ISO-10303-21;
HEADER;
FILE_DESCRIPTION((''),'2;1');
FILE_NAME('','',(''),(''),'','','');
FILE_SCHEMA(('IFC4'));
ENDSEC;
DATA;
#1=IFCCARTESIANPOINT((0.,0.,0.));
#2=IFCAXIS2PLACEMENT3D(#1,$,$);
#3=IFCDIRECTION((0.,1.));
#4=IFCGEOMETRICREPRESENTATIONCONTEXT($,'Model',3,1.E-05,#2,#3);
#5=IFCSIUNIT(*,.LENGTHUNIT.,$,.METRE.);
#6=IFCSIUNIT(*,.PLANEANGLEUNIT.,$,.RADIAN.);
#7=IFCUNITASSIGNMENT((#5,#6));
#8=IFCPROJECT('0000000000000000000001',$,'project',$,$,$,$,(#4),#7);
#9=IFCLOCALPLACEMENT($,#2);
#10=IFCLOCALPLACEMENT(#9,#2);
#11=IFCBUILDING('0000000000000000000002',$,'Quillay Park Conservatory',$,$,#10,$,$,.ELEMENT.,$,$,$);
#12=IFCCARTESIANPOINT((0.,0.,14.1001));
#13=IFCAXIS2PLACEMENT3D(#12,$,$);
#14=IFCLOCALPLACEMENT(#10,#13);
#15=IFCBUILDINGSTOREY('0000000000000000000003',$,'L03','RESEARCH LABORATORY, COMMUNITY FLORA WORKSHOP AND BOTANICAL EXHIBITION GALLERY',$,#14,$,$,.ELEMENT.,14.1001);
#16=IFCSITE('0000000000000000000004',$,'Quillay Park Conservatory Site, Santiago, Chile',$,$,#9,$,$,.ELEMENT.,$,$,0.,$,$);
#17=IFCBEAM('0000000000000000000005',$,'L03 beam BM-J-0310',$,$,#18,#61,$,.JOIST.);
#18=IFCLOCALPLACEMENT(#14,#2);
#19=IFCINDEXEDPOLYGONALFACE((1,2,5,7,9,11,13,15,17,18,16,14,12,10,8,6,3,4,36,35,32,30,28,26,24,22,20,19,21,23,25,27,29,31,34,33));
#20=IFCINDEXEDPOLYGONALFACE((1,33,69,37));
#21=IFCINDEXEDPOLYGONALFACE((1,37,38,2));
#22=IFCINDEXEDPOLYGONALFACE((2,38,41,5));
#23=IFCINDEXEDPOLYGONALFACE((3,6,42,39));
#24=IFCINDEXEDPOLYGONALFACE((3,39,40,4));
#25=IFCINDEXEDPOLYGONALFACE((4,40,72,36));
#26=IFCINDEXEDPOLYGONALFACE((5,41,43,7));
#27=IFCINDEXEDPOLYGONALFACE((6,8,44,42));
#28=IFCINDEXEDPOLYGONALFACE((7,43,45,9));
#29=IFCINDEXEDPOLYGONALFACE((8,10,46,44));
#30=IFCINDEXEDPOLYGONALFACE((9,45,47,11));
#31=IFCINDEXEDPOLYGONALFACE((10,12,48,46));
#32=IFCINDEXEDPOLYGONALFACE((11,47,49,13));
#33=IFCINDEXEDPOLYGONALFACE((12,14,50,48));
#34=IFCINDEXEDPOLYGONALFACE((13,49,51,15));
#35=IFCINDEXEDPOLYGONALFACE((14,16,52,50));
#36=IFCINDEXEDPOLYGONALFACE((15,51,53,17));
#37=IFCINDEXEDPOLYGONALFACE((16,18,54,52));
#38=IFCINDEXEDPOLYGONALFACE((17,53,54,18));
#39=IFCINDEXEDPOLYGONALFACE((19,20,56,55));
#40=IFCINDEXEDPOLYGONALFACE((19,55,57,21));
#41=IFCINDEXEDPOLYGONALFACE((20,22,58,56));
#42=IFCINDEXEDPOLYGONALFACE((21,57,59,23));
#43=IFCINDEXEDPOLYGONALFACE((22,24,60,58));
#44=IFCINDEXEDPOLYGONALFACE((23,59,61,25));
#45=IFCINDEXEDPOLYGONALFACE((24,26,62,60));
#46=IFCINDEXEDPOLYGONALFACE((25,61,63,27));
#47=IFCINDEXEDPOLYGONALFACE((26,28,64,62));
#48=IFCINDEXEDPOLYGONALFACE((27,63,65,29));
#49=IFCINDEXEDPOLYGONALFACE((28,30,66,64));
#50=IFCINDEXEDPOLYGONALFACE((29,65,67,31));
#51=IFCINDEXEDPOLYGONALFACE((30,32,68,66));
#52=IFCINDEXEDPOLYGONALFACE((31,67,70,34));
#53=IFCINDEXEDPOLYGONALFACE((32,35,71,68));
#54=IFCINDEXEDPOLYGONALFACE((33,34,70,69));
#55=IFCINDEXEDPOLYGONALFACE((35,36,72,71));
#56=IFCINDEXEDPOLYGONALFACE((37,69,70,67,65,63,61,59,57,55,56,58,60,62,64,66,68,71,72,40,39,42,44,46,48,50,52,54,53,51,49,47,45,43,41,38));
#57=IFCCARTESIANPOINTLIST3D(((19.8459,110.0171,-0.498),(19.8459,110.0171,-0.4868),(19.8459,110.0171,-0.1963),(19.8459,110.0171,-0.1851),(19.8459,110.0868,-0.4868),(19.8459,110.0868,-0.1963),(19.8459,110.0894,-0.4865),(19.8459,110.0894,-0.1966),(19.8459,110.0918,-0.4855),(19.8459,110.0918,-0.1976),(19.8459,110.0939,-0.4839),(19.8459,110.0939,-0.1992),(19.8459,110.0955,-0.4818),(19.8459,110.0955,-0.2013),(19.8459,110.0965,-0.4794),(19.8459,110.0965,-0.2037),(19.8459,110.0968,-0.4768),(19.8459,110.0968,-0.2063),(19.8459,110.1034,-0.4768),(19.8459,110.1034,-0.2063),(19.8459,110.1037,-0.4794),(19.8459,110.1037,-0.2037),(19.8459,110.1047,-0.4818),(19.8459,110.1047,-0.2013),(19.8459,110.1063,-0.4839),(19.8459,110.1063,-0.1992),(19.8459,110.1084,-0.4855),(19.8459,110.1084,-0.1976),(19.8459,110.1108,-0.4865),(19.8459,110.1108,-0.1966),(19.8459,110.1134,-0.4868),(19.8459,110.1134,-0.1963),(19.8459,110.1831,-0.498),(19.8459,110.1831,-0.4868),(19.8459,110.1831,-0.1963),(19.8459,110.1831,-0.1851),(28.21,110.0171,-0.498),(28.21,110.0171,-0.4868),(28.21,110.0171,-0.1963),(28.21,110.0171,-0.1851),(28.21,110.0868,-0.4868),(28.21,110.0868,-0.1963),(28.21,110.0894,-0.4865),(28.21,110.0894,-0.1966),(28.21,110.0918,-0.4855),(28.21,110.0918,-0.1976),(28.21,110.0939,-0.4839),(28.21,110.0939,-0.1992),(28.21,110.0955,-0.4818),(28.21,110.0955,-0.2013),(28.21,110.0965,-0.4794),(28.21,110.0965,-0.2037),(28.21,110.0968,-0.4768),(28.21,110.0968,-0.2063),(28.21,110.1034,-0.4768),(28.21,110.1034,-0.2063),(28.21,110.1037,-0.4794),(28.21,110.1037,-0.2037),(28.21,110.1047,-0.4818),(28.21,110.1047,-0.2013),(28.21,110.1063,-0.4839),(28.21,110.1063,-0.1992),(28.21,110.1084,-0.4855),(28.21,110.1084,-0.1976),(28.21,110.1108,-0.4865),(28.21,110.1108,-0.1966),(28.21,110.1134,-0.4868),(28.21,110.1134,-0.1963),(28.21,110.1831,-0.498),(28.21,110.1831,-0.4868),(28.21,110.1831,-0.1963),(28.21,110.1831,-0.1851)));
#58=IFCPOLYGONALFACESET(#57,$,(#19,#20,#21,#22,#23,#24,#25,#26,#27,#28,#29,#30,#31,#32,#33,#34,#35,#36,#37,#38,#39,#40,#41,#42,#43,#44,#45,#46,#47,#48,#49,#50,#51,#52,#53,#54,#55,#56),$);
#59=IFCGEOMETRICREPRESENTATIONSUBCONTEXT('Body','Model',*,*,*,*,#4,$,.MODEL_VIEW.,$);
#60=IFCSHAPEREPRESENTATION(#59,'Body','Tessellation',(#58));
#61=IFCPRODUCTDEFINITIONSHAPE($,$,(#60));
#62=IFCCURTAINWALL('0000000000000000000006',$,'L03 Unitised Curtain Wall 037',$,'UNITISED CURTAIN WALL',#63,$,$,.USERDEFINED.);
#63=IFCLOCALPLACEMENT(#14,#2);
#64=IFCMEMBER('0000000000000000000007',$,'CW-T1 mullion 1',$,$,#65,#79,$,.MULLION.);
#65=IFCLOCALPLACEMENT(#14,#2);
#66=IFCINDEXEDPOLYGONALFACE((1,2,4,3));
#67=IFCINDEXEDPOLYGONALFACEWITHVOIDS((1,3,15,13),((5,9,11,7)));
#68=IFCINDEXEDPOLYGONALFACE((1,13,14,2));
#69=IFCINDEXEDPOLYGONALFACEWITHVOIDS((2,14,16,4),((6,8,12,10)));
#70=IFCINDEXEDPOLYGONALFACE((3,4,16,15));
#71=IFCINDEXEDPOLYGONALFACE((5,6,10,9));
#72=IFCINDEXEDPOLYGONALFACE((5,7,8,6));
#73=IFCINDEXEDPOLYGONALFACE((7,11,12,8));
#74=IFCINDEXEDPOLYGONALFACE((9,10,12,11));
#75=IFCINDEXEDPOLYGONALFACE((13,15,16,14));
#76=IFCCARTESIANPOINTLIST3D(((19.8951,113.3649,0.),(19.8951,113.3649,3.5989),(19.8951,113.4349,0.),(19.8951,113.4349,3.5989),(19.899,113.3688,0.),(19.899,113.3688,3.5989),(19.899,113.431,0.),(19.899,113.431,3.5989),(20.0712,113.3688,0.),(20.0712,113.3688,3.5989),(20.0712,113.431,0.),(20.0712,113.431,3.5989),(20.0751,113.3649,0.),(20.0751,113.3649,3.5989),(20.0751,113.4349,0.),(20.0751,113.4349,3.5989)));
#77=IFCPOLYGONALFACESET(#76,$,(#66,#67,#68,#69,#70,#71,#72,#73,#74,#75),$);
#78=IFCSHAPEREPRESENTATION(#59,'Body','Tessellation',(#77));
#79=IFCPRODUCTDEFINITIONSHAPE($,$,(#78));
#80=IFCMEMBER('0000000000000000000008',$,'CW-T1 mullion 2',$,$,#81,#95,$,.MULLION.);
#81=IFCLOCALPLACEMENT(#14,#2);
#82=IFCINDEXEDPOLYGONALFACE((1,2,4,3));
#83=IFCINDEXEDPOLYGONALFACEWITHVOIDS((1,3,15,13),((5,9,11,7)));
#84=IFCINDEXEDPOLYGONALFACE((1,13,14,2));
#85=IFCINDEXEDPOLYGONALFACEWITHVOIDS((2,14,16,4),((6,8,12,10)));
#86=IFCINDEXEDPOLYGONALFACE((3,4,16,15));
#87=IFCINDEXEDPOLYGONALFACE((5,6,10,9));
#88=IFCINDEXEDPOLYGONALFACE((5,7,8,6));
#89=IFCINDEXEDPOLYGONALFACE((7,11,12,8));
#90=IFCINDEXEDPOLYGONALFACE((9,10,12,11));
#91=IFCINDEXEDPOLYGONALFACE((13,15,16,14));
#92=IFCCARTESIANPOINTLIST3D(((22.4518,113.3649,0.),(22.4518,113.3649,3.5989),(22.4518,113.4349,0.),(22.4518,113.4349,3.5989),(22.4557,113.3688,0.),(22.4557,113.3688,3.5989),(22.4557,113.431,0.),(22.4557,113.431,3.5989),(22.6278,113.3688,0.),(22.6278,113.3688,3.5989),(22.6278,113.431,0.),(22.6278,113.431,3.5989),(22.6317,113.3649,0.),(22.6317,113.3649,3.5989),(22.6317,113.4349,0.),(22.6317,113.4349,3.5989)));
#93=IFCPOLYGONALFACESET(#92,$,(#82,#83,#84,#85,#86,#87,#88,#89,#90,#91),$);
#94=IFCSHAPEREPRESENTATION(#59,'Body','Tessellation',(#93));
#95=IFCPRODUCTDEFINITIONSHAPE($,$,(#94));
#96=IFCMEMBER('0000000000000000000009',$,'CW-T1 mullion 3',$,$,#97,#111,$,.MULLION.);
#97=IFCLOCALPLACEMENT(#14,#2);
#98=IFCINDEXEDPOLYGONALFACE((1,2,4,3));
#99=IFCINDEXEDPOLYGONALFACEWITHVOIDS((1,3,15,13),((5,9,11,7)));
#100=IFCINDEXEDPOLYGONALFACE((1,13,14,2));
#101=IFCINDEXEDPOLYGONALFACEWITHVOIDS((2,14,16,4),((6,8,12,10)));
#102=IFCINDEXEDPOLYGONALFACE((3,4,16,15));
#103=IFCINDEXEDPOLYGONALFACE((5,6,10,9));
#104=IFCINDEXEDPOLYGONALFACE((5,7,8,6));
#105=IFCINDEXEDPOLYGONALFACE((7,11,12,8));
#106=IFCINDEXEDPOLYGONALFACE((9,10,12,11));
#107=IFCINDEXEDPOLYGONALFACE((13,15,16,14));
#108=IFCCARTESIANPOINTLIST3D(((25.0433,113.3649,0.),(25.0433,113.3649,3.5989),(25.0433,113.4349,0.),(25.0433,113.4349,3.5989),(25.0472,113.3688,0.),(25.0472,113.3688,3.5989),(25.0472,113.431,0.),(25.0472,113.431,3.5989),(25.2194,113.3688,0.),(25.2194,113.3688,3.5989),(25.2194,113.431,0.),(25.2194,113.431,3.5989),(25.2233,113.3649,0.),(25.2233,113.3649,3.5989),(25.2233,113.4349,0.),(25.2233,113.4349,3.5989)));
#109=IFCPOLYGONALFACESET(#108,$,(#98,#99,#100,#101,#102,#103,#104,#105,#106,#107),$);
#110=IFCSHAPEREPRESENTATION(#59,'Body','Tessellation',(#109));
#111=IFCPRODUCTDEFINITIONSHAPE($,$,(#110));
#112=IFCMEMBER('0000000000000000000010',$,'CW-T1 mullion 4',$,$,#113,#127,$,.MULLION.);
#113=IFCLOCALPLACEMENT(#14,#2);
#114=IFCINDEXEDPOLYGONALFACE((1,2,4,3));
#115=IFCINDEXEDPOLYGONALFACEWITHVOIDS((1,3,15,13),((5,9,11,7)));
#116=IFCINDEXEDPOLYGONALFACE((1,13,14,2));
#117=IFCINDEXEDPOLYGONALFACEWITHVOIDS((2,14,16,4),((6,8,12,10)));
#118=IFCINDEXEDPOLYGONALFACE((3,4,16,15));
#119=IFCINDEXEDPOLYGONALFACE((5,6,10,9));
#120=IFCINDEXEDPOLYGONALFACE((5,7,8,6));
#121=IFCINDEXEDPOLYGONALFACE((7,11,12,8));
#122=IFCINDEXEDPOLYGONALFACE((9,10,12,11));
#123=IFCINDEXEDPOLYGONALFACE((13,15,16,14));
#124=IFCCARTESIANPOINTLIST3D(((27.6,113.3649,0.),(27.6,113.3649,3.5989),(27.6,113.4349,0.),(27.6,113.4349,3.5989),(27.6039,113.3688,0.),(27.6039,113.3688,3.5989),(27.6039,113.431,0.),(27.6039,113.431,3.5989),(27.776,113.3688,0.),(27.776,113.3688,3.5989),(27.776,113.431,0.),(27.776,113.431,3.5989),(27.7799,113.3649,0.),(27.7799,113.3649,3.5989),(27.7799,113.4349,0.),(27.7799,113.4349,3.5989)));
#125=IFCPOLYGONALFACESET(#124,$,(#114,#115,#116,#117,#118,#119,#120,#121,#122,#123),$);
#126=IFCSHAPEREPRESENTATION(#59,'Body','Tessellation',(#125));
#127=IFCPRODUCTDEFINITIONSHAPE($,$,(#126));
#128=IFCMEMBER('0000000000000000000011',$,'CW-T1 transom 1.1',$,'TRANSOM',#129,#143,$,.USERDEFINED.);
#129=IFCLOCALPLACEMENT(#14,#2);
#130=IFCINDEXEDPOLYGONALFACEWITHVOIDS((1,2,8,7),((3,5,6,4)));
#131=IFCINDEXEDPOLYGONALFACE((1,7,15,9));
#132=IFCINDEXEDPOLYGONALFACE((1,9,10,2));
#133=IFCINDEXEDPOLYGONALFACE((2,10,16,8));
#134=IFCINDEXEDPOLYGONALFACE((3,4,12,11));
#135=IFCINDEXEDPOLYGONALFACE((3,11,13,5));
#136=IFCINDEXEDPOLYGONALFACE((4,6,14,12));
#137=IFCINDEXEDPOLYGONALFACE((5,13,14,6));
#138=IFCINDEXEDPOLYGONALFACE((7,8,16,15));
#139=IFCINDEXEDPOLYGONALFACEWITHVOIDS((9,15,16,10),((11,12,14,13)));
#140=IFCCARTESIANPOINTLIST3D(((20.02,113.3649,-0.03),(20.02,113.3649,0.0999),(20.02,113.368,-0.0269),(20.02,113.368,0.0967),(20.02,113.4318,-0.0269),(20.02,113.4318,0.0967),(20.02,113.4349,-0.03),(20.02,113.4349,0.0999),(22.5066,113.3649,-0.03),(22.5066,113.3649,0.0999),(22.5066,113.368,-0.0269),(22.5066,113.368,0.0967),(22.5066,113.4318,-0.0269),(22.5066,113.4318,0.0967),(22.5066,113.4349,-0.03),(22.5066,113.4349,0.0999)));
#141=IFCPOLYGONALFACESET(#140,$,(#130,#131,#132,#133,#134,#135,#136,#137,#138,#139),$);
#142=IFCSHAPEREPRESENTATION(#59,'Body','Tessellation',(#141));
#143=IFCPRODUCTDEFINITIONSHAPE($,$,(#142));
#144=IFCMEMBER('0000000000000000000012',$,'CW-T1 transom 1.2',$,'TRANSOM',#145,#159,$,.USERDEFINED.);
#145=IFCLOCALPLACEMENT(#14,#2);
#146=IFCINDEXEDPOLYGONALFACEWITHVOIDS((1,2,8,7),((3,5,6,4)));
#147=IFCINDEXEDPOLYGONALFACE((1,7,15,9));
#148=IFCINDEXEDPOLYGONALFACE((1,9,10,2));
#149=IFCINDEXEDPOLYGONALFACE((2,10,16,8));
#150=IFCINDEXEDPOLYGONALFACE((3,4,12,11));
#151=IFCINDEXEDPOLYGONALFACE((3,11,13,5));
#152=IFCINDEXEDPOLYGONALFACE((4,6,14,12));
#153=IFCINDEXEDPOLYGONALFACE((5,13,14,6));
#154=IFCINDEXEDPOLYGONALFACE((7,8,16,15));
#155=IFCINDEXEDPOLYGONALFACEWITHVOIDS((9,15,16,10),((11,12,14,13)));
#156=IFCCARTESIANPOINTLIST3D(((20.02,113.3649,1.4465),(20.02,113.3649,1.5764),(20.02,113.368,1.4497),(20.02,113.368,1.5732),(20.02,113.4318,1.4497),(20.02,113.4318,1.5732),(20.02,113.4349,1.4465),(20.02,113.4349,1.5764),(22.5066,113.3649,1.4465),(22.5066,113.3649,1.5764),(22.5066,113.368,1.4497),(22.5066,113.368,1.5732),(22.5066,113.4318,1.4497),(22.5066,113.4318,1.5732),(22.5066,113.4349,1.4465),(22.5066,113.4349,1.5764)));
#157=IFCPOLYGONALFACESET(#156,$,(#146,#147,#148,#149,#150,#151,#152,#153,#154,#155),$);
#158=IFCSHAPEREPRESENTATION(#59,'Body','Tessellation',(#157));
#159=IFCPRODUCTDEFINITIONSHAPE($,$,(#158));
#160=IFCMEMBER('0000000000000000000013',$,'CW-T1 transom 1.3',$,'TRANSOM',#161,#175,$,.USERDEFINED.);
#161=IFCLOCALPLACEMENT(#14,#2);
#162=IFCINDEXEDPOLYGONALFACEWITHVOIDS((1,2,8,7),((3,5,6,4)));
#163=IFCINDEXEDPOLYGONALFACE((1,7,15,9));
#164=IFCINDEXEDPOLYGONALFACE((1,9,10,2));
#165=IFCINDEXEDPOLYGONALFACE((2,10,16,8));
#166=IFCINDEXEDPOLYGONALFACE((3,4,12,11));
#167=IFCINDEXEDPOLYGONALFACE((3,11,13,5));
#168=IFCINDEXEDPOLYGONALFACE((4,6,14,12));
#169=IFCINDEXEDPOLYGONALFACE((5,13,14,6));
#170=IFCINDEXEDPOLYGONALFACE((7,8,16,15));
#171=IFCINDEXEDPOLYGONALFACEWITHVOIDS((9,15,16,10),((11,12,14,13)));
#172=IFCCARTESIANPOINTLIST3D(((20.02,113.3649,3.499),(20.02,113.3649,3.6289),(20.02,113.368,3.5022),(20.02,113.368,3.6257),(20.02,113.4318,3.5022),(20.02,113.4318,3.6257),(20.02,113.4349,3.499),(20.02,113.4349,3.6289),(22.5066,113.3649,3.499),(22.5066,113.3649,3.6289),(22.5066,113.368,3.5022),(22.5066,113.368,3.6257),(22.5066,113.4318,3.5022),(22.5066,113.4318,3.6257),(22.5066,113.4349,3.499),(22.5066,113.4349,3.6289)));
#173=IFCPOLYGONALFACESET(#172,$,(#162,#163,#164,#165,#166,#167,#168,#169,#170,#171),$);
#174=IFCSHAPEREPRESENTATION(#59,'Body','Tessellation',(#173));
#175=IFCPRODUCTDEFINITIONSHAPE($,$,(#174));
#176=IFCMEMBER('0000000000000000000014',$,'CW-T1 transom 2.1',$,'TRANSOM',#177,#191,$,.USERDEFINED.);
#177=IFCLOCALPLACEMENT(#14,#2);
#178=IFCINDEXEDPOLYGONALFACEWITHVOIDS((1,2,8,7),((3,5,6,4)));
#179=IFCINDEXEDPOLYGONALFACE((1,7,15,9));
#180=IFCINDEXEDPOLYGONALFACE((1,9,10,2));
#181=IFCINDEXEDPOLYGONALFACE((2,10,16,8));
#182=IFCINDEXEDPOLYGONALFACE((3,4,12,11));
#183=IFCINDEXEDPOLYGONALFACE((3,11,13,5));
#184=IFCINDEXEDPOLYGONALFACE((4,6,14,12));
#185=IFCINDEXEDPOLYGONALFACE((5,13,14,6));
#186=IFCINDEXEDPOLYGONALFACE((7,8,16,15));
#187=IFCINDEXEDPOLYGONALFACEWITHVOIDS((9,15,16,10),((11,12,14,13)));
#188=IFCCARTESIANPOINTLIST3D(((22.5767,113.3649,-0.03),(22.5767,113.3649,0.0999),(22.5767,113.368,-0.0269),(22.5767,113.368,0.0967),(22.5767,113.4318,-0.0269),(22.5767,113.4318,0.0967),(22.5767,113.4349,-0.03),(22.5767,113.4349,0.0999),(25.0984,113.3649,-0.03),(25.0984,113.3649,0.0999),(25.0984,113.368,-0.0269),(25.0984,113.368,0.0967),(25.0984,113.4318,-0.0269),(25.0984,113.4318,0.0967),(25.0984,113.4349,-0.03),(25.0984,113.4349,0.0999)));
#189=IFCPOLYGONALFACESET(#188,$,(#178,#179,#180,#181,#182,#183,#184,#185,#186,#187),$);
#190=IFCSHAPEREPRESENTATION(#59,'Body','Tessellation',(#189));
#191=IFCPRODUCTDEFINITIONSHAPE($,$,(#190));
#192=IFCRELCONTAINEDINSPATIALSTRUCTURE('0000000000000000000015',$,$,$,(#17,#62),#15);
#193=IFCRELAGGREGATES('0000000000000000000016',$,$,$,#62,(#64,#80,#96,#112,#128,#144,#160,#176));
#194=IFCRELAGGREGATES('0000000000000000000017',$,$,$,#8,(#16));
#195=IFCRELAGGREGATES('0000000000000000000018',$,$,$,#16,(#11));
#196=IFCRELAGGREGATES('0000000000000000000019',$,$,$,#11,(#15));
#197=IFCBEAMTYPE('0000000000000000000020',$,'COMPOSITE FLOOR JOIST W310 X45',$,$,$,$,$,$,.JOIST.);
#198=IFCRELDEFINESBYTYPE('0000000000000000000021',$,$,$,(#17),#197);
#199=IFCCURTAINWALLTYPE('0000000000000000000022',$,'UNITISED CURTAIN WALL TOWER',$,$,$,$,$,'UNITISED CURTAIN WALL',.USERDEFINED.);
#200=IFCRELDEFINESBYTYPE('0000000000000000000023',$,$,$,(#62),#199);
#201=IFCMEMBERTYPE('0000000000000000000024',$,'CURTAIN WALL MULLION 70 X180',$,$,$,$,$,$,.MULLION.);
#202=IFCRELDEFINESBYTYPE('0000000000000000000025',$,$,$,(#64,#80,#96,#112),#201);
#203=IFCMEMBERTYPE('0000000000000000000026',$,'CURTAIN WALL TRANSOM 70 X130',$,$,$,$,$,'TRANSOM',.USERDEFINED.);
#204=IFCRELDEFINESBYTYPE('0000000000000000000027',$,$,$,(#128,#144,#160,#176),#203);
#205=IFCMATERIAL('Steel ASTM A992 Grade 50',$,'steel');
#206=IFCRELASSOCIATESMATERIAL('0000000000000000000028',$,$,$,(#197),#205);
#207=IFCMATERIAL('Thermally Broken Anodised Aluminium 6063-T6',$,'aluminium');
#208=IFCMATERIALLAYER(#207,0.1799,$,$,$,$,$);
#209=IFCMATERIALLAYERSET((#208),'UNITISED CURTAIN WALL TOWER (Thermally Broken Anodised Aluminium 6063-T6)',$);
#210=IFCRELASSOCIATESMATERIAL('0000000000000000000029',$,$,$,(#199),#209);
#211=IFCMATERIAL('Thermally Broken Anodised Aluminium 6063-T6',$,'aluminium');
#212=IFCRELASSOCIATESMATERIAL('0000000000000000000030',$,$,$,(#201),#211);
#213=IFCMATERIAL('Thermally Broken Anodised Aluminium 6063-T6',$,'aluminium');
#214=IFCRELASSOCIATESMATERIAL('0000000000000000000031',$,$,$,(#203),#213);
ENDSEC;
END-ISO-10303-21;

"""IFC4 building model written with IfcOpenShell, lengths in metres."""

from ifc_helpers import new_model, si_unit, direction, frame, origin, origin_2d, place, context, subcontext, project, spatial, hollow_rectangle, i_section, extrude, material, layer, layer_set, material_profile, profile_set, type_object, element, aggregate, save


model = new_model("IFC4")

# Units and contexts
model_context = context("Model", 3, precision=1e-05, world=origin(), true_north=direction((0.0, 1.0)))
body_context = subcontext(model_context, "Body", "Model", "MODEL_VIEW")
ifc_project = project(units=[si_unit("LENGTHUNIT", "METRE"), si_unit("PLANEANGLEUNIT", "RADIAN")], contexts=[model_context])

# Site, building, storey
site_placement = place(None, origin())
site = spatial("IfcSite", under=ifc_project, at=site_placement, Name="Quillay Park Conservatory Site, Santiago, Chile", CompositionType="ELEMENT", RefElevation=0.0)
building_placement = place(site_placement, origin())
building = spatial("IfcBuilding", under=site, at=building_placement, Name="Quillay Park Conservatory", CompositionType="ELEMENT")
storey_placement = place(building_placement, frame((0.0, 0.0, 14.1001)))
storey = spatial("IfcBuildingStorey", under=building, at=storey_placement, Name="L03", Description="RESEARCH LABORATORY, COMMUNITY FLORA WORKSHOP AND BOTANICAL EXHIBITION GALLERY", CompositionType="ELEMENT", Elevation=14.1001)

# Beam
ifc_material_1 = material(Name="Steel ASTM A992 Grade 50", Category="steel")
ifc_material_profile_1 = material_profile(ifc_material_1, i_section(OverallWidth=0.166, OverallDepth=0.313, WebThickness=0.0066, FlangeThickness=0.0112, FilletRadius=0.01, at=origin_2d()), Name="W310x45")
ifc_profile_set_1 = profile_set([ifc_material_profile_1], Name="Steel ASTM A992 Grade 50")
beam_type_1 = type_object("IfcBeamType", Name="COMPOSITE FLOOR JOIST W310 X45", PredefinedType="JOIST", material=ifc_profile_set_1)
beam_1_placement = place(storey_placement, frame((19.8459, 110.1001, -0.3416), z_axis=(1.0, 0.0, 0.0), x_axis=(0.0, 1.0, 0.0)))
element("IfcBeam", 1, at=beam_1_placement, inside=storey, type_object=beam_type_1, Name="L03 beam BM-J-0310", PredefinedType="JOIST", context=body_context, shape_type="SweptSolid", body=[
    extrude(i_section(OverallWidth=0.166, OverallDepth=0.313, WebThickness=0.0066, FlangeThickness=0.0112, FilletRadius=0.01, at=origin_2d()), origin(), (0.0, 0.0, 1.0), 8.364),
])

# Curtain wall, members
ifc_material_2 = material(Name="Thermally Broken Anodised Aluminium 6063-T6", Category="aluminium")
ifc_layer_1 = layer(ifc_material_2, 0.1799)
ifc_layer_set_1 = layer_set([ifc_layer_1], Name="UNITISED CURTAIN WALL TOWER (Thermally Broken Anodised Aluminium 6063-T6)")
curtain_wall_type = type_object("IfcCurtainWallType", Name="UNITISED CURTAIN WALL TOWER", ElementType="UNITISED CURTAIN WALL", PredefinedType="USERDEFINED", material=ifc_layer_set_1)
curtain_wall_placement = place(storey_placement, origin())
curtain_wall = element("IfcCurtainWall", 2, at=curtain_wall_placement, inside=storey, type_object=curtain_wall_type, Name="L03 Unitised Curtain Wall 037", ObjectType="UNITISED CURTAIN WALL", PredefinedType="USERDEFINED")
ifc_material_3 = material(Name="Thermally Broken Anodised Aluminium 6063-T6", Category="aluminium")
ifc_material_profile_2 = material_profile(ifc_material_3, hollow_rectangle(XDim=0.0701, YDim=0.1799, WallThickness=0.0039, at=origin_2d()), Name="AL70x180x4")
ifc_profile_set_2 = profile_set([ifc_material_profile_2], Name="Thermally Broken Anodised Aluminium 6063-T6")
member_type_1 = type_object("IfcMemberType", Name="CURTAIN WALL MULLION 70 X180", PredefinedType="MULLION", material=ifc_profile_set_2)
member_1_placement = place(storey_placement, frame((19.9851, 113.3999, 0.0), z_axis=(0.0, 0.0, 1.0), x_axis=(0.0, 1.0, 0.0)))
member_1 = element("IfcMember", 3, at=member_1_placement, type_object=member_type_1, Name="CW-T1 mullion 1", PredefinedType="MULLION", context=body_context, shape_type="SweptSolid", body=[
    extrude(hollow_rectangle(XDim=0.0701, YDim=0.1799, WallThickness=0.0039, at=origin_2d()), origin(), (0.0, 0.0, 1.0), 3.5989),
])
member_2_placement = place(storey_placement, frame((22.5417, 113.3999, 0.0), z_axis=(0.0, 0.0, 1.0), x_axis=(0.0, 1.0, 0.0)))
member_2 = element("IfcMember", 4, at=member_2_placement, type_object=member_type_1, Name="CW-T1 mullion 2", PredefinedType="MULLION", context=body_context, shape_type="SweptSolid", body=[
    extrude(hollow_rectangle(XDim=0.0701, YDim=0.1799, WallThickness=0.0039, at=origin_2d()), origin(), (0.0, 0.0, 1.0), 3.5989),
])
member_3_placement = place(storey_placement, frame((25.1333, 113.3999, 0.0), z_axis=(0.0, 0.0, 1.0), x_axis=(0.0, 1.0, 0.0)))
member_3 = element("IfcMember", 5, at=member_3_placement, type_object=member_type_1, Name="CW-T1 mullion 3", PredefinedType="MULLION", context=body_context, shape_type="SweptSolid", body=[
    extrude(hollow_rectangle(XDim=0.0701, YDim=0.1799, WallThickness=0.0039, at=origin_2d()), origin(), (0.0, 0.0, 1.0), 3.5989),
])
member_4_placement = place(storey_placement, frame((27.6899, 113.3999, 0.0), z_axis=(0.0, 0.0, 1.0), x_axis=(0.0, 1.0, 0.0)))
member_4 = element("IfcMember", 6, at=member_4_placement, type_object=member_type_1, Name="CW-T1 mullion 4", PredefinedType="MULLION", context=body_context, shape_type="SweptSolid", body=[
    extrude(hollow_rectangle(XDim=0.0701, YDim=0.1799, WallThickness=0.0039, at=origin_2d()), origin(), (0.0, 0.0, 1.0), 3.5989),
])
ifc_material_4 = material(Name="Thermally Broken Anodised Aluminium 6063-T6", Category="aluminium")
ifc_material_profile_3 = material_profile(ifc_material_4, hollow_rectangle(XDim=0.0701, YDim=0.1299, WallThickness=0.0032, at=origin_2d()), Name="AL70x130x3.2")
ifc_profile_set_3 = profile_set([ifc_material_profile_3], Name="Thermally Broken Anodised Aluminium 6063-T6")
member_type_2 = type_object("IfcMemberType", Name="CURTAIN WALL TRANSOM 70 X130", ElementType="TRANSOM", PredefinedType="USERDEFINED", material=ifc_profile_set_3)
member_5_placement = place(storey_placement, frame((20.02, 113.3999, 0.0349), z_axis=(1.0, 0.0, 0.0), x_axis=(0.0, 1.0, 0.0)))
member_5 = element("IfcMember", 7, at=member_5_placement, type_object=member_type_2, Name="CW-T1 transom 1.1", ObjectType="TRANSOM", PredefinedType="USERDEFINED", context=body_context, shape_type="SweptSolid", body=[
    extrude(hollow_rectangle(XDim=0.0701, YDim=0.1299, WallThickness=0.0032, at=origin_2d()), origin(), (0.0, 0.0, 1.0), 2.4866),
])
member_6_placement = place(storey_placement, frame((20.02, 113.3999, 1.5115), z_axis=(1.0, 0.0, 0.0), x_axis=(0.0, 1.0, 0.0)))
member_6 = element("IfcMember", 8, at=member_6_placement, type_object=member_type_2, Name="CW-T1 transom 1.2", ObjectType="TRANSOM", PredefinedType="USERDEFINED", context=body_context, shape_type="SweptSolid", body=[
    extrude(hollow_rectangle(XDim=0.0701, YDim=0.1299, WallThickness=0.0032, at=origin_2d()), origin(), (0.0, 0.0, 1.0), 2.4866),
])
member_7_placement = place(storey_placement, frame((20.02, 113.3999, 3.564), z_axis=(1.0, 0.0, 0.0), x_axis=(0.0, 1.0, 0.0)))
member_7 = element("IfcMember", 9, at=member_7_placement, type_object=member_type_2, Name="CW-T1 transom 1.3", ObjectType="TRANSOM", PredefinedType="USERDEFINED", context=body_context, shape_type="SweptSolid", body=[
    extrude(hollow_rectangle(XDim=0.0701, YDim=0.1299, WallThickness=0.0032, at=origin_2d()), origin(), (0.0, 0.0, 1.0), 2.4866),
])
member_8_placement = place(storey_placement, frame((22.5767, 113.3999, 0.0349), z_axis=(1.0, 0.0, 0.0), x_axis=(0.0, 1.0, 0.0)))
member_8 = element("IfcMember", 10, at=member_8_placement, type_object=member_type_2, Name="CW-T1 transom 2.1", ObjectType="TRANSOM", PredefinedType="USERDEFINED", context=body_context, shape_type="SweptSolid", body=[
    extrude(hollow_rectangle(XDim=0.0701, YDim=0.1299, WallThickness=0.0032, at=origin_2d()), origin(), (0.0, 0.0, 1.0), 2.5217),
])

aggregate(curtain_wall, [member_1, member_2, member_3, member_4, member_5, member_6, member_7, member_8])

save(model, "model.ifc")
